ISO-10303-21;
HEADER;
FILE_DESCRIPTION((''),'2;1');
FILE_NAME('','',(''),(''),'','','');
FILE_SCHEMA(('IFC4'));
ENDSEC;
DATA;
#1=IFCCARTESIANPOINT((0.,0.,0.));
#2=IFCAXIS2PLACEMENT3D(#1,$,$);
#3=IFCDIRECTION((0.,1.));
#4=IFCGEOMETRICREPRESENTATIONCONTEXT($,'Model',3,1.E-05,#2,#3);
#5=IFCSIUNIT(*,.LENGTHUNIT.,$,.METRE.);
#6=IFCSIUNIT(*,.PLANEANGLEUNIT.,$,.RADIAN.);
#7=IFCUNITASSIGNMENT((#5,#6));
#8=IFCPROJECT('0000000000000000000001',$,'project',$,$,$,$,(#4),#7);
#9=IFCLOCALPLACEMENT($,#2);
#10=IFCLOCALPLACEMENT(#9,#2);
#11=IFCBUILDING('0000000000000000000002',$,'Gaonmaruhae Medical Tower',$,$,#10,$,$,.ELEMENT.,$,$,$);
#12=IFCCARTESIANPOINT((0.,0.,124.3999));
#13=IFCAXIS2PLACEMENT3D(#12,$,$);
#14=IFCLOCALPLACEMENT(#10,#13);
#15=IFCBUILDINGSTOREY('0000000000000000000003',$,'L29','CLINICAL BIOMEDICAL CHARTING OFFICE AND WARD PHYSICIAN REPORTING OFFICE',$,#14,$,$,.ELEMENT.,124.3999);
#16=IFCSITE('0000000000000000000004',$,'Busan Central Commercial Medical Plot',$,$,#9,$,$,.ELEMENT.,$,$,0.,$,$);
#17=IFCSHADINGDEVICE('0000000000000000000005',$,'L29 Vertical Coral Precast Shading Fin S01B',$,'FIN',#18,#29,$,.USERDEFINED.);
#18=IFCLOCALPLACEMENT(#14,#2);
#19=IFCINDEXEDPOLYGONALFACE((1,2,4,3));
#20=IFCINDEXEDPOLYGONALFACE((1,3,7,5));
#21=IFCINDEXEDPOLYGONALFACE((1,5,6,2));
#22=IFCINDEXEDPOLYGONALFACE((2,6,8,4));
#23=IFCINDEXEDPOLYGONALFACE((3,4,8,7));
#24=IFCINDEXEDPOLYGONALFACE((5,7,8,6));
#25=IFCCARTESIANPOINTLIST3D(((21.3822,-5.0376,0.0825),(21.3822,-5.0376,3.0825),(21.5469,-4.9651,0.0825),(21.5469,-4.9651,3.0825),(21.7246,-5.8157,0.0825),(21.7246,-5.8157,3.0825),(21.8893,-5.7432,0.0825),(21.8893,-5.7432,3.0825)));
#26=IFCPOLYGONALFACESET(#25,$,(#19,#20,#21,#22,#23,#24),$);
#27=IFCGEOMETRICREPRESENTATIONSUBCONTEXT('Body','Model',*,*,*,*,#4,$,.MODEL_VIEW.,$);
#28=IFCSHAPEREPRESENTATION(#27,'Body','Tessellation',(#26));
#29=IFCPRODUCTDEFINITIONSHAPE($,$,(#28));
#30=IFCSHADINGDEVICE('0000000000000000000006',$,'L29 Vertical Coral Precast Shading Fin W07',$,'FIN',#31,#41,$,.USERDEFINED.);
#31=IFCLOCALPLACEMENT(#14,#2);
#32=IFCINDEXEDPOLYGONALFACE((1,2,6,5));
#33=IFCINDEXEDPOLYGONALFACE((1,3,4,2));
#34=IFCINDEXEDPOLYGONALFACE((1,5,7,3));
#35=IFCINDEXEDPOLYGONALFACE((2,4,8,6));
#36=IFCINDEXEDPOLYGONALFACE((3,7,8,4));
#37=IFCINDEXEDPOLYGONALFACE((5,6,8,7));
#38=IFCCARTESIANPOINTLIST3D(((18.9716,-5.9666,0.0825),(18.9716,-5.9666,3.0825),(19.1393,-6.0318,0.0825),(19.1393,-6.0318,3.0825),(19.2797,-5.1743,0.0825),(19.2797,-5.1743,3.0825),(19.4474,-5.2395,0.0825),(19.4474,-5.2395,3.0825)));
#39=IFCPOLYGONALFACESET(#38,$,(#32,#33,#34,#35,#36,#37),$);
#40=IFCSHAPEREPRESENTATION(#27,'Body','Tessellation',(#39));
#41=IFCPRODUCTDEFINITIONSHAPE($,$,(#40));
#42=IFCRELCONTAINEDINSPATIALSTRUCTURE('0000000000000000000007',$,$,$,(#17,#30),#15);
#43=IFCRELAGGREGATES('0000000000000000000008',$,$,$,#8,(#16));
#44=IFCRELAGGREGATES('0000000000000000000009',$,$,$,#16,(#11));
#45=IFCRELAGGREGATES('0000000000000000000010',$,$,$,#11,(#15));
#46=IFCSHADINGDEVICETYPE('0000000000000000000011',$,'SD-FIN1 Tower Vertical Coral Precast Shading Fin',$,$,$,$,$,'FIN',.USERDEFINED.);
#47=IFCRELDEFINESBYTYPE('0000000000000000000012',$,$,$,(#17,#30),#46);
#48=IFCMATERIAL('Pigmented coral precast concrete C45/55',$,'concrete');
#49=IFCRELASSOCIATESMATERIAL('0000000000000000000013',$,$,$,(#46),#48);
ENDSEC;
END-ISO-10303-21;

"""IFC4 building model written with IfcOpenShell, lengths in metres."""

from ifc_helpers import new_model, si_unit, direction, frame, origin, origin_2d, place, context, subcontext, project, spatial, rectangle, extrude, material, type_object, element, save


model = new_model("IFC4")

# Units and contexts
model_context = context("Model", 3, precision=1e-05, world=origin(), true_north=direction((0.0, 1.0)))
body_context = subcontext(model_context, "Body", "Model", "MODEL_VIEW")
ifc_project = project(units=[si_unit("LENGTHUNIT", "METRE"), si_unit("PLANEANGLEUNIT", "RADIAN")], contexts=[model_context])

# Site, building, storey
site_placement = place(None, origin())
site = spatial("IfcSite", under=ifc_project, at=site_placement, Name="Busan Central Commercial Medical Plot", CompositionType="ELEMENT", RefElevation=0.0)
building_placement = place(site_placement, origin())
building = spatial("IfcBuilding", under=site, at=building_placement, Name="Gaonmaruhae Medical Tower", CompositionType="ELEMENT")
storey_placement = place(building_placement, frame((0.0, 0.0, 124.3999)))
storey = spatial("IfcBuildingStorey", under=building, at=storey_placement, Name="L29", Description="CLINICAL BIOMEDICAL CHARTING OFFICE AND WARD PHYSICIAN REPORTING OFFICE", CompositionType="ELEMENT", Elevation=124.3999)

# Shading devices
ifc_material_1 = material(Name="Pigmented coral precast concrete C45/55", Category="concrete")
shading_device_type = type_object("IfcShadingDeviceType", Name="SD-FIN1 Tower Vertical Coral Precast Shading Fin", ElementType="FIN", PredefinedType="USERDEFINED", material=ifc_material_1)
for number, where, z_axis, x_axis, name in (
    (1, (21.6357, -5.3904, 0.0825), (0.0, 0.0, 1.0), (-0.915311, -0.402747, 0.0), "L29 Vertical Coral Precast Shading Fin S01B"),
    (2, (19.2095, -5.603, 0.0825), (0.0, 0.0, 1.0), (-0.932008, 0.362438, 0.0), "L29 Vertical Coral Precast Shading Fin W07"),
):
    element("IfcShadingDevice", number, at=place(storey_placement, frame(where, z_axis=z_axis, x_axis=x_axis)), inside=storey, type_object=shading_device_type, Name=name, ObjectType="FIN", PredefinedType="USERDEFINED", context=body_context, shape_type="SweptSolid", body=[
        extrude(rectangle(XDim=0.1799, YDim=0.8501, at=origin_2d()), origin(), (0.0, 0.0, 1.0), 3.0),
    ])

save(model, "model.ifc")
